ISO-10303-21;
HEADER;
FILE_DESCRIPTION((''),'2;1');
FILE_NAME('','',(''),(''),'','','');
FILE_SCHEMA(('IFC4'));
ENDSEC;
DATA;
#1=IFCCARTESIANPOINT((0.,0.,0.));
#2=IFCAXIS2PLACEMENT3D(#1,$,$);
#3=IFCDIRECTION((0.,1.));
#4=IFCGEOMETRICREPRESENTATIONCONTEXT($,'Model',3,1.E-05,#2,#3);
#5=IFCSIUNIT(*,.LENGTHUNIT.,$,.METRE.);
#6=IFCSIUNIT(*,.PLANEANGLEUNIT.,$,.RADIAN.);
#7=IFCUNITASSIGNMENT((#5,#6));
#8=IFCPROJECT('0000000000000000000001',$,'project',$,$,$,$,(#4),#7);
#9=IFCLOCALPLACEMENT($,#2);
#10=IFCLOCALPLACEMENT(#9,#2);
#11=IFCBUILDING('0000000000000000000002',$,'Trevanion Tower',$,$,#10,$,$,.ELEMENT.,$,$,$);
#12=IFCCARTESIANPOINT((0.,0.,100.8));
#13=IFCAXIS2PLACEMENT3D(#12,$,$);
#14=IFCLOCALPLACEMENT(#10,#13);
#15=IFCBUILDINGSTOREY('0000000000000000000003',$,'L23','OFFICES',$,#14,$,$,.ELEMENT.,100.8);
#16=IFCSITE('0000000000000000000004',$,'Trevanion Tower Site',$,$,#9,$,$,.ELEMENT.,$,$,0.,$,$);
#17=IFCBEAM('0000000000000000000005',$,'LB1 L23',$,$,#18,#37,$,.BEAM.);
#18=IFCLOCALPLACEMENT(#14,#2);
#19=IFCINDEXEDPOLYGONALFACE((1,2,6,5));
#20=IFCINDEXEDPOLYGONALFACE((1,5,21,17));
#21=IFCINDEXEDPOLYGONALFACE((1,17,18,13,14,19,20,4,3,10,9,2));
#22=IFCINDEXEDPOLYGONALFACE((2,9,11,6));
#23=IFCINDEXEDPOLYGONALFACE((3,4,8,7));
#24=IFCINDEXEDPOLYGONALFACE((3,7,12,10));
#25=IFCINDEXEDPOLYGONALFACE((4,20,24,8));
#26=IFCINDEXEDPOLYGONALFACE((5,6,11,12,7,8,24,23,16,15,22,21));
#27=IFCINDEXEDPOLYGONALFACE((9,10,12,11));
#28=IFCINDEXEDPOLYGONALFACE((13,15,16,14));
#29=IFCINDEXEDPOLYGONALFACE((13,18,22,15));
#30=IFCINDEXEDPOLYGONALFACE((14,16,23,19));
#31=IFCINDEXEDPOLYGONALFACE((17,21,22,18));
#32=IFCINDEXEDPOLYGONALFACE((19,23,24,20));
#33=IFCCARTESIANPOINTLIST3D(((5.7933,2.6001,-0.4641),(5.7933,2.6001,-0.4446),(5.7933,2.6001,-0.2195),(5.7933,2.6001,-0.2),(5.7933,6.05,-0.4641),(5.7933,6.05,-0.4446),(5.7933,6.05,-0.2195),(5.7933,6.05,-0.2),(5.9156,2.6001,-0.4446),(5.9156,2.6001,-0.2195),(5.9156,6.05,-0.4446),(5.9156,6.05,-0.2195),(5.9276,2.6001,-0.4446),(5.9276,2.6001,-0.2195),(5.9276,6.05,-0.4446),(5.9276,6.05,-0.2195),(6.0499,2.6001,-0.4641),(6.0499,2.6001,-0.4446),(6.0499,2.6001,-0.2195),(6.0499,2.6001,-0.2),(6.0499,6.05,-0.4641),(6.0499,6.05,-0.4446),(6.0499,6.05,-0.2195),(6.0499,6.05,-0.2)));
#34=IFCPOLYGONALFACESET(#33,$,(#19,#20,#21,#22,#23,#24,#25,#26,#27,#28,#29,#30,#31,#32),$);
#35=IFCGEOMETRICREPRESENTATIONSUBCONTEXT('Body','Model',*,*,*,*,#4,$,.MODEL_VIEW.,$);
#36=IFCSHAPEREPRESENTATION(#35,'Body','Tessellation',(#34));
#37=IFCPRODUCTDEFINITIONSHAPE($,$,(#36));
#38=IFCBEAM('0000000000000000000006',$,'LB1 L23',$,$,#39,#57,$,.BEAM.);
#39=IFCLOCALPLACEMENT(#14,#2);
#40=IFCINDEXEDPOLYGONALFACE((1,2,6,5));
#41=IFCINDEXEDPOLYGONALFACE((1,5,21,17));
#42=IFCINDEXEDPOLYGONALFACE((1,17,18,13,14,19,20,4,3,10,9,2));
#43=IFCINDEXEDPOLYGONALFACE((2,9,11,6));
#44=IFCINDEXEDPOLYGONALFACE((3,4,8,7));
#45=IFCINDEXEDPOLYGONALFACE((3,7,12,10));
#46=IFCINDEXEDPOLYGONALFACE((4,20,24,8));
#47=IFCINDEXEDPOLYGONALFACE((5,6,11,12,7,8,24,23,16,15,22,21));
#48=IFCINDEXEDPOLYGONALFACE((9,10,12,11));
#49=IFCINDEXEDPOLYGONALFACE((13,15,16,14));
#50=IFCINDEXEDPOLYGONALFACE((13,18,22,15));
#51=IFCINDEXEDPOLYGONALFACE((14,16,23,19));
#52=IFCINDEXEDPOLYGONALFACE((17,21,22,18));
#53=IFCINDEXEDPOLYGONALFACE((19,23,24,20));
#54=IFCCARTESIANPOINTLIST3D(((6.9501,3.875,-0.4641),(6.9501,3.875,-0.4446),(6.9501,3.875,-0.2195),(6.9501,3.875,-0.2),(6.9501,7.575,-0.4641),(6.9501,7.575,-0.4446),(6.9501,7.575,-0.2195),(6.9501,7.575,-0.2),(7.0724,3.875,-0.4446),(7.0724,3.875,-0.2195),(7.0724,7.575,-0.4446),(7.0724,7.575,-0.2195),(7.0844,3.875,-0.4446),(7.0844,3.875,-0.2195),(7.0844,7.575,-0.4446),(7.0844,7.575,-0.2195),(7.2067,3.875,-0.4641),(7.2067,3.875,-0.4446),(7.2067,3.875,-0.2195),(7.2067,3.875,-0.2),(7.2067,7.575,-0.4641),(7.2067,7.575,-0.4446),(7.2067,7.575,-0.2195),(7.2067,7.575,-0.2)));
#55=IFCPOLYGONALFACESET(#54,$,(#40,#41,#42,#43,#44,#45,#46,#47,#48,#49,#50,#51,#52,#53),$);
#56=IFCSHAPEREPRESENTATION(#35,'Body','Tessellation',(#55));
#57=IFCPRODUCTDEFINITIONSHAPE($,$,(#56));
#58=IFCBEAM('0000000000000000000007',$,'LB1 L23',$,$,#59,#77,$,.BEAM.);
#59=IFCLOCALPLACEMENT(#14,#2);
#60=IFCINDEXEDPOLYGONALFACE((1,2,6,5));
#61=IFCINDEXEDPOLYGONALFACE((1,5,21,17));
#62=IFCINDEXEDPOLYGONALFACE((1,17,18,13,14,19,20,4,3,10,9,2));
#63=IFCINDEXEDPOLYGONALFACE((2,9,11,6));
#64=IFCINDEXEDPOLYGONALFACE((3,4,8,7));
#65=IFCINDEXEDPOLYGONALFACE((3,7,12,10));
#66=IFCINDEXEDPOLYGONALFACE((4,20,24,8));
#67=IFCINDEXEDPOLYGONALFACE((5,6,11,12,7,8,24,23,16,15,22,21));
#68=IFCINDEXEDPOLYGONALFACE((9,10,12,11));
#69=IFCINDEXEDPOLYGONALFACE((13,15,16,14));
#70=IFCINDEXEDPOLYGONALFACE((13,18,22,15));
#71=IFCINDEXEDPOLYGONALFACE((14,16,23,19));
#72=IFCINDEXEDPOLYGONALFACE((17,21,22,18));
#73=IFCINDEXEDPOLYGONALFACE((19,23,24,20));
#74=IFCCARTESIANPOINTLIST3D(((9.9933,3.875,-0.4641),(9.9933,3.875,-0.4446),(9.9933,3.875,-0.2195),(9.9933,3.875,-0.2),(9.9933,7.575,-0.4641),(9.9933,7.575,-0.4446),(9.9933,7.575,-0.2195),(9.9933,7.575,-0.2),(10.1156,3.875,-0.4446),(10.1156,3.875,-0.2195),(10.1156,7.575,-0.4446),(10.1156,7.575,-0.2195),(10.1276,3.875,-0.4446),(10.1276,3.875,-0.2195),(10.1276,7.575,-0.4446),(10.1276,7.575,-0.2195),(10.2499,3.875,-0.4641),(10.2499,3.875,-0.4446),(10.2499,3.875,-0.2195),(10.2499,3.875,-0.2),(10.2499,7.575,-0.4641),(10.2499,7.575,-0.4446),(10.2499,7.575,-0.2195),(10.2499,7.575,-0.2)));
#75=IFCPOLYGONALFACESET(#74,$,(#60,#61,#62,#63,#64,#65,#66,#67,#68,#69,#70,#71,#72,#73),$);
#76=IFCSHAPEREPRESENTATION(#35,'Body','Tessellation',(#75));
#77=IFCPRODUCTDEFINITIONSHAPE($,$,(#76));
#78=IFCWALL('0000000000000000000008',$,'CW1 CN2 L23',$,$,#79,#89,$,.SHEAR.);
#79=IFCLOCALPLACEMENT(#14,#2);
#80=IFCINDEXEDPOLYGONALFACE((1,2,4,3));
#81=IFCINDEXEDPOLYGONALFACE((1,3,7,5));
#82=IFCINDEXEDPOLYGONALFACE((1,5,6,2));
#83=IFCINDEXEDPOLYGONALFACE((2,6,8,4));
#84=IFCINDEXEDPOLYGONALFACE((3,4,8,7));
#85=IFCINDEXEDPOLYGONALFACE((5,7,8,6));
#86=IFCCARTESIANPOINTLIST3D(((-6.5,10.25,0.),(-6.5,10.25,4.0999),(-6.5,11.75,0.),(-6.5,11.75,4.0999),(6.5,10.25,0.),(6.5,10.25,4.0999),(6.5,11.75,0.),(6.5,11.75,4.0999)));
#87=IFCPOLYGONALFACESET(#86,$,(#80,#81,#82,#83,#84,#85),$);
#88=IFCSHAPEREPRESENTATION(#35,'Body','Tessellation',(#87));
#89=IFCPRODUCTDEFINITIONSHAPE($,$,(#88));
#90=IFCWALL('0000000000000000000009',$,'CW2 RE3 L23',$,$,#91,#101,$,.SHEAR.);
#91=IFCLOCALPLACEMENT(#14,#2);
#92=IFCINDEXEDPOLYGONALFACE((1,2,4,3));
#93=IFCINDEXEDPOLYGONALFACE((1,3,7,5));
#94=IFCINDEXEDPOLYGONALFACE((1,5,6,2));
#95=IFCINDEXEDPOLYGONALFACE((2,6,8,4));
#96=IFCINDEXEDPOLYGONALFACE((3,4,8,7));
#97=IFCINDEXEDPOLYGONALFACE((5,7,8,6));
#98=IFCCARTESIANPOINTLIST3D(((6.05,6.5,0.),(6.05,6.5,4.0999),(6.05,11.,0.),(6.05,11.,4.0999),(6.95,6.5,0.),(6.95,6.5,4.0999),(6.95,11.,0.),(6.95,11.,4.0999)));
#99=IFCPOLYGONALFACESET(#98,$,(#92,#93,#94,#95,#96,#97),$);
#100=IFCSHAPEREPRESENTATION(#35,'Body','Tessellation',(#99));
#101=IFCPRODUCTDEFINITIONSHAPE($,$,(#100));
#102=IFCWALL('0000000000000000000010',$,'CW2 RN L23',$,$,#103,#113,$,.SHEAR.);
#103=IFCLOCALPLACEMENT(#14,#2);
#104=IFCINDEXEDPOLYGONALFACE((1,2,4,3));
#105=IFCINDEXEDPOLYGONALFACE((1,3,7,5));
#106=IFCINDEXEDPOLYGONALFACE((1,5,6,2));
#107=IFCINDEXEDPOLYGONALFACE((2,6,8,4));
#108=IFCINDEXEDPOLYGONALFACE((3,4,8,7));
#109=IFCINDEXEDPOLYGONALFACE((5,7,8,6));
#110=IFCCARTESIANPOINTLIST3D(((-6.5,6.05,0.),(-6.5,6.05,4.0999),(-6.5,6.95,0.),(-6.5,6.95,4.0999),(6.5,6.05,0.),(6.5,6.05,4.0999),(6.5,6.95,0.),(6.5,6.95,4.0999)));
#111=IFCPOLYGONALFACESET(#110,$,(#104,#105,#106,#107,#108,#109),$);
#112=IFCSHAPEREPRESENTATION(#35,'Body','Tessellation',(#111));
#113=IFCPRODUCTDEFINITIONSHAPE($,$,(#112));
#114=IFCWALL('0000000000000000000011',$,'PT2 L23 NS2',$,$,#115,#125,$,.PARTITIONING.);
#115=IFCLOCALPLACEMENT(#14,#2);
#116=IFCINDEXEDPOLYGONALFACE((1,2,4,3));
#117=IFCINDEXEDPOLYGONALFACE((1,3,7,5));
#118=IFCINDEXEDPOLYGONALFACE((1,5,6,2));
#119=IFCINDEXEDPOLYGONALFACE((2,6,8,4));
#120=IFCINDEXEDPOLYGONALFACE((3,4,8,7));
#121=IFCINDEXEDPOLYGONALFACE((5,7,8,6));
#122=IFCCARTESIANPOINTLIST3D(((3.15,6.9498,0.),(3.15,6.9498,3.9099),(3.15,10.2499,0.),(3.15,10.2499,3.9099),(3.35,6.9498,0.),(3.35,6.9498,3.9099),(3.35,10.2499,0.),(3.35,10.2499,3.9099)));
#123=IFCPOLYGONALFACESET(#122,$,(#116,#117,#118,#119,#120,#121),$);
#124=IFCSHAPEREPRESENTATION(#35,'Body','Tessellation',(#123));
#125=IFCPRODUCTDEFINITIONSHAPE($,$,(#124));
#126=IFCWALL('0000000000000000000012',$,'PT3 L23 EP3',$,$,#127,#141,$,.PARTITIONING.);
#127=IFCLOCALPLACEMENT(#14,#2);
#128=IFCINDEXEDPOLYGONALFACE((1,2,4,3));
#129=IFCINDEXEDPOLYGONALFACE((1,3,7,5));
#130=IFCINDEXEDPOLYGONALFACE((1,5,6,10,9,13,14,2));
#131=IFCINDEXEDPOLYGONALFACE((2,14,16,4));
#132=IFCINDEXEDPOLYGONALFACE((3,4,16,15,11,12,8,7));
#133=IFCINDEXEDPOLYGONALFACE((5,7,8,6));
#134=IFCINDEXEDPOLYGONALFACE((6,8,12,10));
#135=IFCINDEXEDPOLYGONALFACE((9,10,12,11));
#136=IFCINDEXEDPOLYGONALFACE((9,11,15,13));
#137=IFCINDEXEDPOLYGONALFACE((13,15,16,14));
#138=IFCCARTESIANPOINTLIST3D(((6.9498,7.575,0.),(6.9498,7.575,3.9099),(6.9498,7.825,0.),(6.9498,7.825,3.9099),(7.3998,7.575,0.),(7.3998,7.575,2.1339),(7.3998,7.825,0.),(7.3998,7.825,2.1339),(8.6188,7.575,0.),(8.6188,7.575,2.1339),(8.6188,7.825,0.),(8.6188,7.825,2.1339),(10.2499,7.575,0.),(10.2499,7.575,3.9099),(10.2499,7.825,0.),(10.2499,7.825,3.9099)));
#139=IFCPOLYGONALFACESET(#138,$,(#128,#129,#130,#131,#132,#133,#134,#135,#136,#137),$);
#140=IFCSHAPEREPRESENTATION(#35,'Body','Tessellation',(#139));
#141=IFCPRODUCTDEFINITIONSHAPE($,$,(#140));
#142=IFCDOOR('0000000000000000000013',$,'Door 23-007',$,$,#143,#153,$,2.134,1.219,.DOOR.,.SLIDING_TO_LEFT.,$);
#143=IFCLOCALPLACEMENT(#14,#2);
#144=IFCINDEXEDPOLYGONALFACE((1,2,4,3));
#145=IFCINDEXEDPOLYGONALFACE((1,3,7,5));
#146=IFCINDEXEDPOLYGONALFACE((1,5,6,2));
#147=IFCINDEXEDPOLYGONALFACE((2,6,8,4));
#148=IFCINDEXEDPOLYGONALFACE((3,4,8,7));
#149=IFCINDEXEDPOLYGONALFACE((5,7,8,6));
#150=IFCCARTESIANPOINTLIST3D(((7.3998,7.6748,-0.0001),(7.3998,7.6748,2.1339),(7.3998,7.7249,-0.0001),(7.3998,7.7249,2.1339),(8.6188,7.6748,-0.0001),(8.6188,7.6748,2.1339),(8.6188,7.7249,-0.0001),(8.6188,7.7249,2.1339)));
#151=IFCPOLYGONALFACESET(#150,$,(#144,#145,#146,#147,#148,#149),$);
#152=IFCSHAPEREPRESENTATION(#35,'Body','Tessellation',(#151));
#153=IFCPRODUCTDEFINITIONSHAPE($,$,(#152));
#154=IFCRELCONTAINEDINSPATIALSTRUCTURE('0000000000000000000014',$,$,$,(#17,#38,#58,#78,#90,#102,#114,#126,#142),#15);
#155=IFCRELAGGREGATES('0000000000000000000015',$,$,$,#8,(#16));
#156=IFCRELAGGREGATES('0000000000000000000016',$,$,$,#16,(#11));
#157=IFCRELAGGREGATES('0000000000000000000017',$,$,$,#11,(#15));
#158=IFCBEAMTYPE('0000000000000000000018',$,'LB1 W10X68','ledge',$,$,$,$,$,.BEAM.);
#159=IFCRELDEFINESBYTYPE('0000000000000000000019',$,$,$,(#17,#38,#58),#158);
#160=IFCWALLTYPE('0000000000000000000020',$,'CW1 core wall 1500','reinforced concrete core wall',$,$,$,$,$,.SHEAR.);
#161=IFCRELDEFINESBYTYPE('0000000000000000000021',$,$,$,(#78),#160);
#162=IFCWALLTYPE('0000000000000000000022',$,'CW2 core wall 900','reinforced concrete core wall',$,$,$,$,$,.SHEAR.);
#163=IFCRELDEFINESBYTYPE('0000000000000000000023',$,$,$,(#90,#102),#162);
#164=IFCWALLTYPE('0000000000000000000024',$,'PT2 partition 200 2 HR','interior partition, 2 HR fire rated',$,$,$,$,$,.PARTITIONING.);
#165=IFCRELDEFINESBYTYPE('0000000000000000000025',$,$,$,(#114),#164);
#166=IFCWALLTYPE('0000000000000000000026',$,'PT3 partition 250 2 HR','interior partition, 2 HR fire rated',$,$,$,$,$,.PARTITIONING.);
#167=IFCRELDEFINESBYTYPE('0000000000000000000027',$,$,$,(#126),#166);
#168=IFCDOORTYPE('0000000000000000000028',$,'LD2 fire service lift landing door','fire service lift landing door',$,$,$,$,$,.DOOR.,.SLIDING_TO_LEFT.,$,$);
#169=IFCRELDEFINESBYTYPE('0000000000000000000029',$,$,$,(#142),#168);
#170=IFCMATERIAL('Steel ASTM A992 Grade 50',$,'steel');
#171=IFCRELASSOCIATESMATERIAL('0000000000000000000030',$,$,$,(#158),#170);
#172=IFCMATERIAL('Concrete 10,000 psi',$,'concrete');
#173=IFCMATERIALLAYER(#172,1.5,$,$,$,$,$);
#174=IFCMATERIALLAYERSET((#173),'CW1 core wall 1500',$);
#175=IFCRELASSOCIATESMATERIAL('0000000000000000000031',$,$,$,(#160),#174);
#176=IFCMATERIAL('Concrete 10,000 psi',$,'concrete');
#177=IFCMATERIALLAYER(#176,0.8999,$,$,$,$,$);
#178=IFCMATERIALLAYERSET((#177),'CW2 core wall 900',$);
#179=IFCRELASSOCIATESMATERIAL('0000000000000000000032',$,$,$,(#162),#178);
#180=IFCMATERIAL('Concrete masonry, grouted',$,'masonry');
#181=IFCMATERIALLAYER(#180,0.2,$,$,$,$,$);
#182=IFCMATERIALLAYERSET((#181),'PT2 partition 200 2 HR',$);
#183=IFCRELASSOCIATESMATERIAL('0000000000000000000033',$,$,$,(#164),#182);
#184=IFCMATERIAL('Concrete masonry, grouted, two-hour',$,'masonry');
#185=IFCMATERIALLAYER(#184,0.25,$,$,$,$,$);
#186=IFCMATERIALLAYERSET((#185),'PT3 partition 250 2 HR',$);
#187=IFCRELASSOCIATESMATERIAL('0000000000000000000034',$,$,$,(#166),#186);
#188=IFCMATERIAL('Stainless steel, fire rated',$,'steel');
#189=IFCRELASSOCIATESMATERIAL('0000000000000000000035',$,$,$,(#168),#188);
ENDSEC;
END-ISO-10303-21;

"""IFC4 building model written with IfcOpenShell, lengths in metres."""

from ifc_helpers import new_model, si_unit, direction, frame, frame_2d, origin, origin_2d, place, context, subcontext, project, spatial, rectangle, i_section, extrude, material, layer, layer_set, material_profile, profile_set, type_object, element, fill, save


model = new_model("IFC4")

# Units and contexts
model_context = context("Model", 3, precision=1e-05, world=origin(), true_north=direction((0.0, 1.0)))
body_context = subcontext(model_context, "Body", "Model", "MODEL_VIEW")
ifc_project = project(units=[si_unit("LENGTHUNIT", "METRE"), si_unit("PLANEANGLEUNIT", "RADIAN")], contexts=[model_context])

# Site, building, storey
site_placement = place(None, origin())
site = spatial("IfcSite", under=ifc_project, at=site_placement, Name="Trevanion Tower Site", CompositionType="ELEMENT", RefElevation=0.0)
building_placement = place(site_placement, origin())
building = spatial("IfcBuilding", under=site, at=building_placement, Name="Trevanion Tower", CompositionType="ELEMENT")
storey_placement = place(building_placement, frame((0.0, 0.0, 100.8)))
storey = spatial("IfcBuildingStorey", under=building, at=storey_placement, Name="L23", Description="OFFICES", CompositionType="ELEMENT", Elevation=100.8)

# Beams
ifc_material_1 = material(Name="Steel ASTM A992 Grade 50", Category="steel")
ifc_material_profile = material_profile(ifc_material_1, i_section(OverallWidth=0.2566, OverallDepth=0.2642, WebThickness=0.012, FlangeThickness=0.0195, at=origin_2d()), Name="W10X68")
ifc_profile_set = profile_set([ifc_material_profile], Name="Steel ASTM A992 Grade 50")
beam_type = type_object("IfcBeamType", Name="LB1 W10X68", Description="ledge", PredefinedType="BEAM", material=ifc_profile_set)
beam_placement = place(storey_placement, frame((5.9216, 2.6001, -0.332), z_axis=(0.0, 1.0, 0.0), x_axis=(-1.0, 0.0, 0.0)))
element("IfcBeam", 1, at=beam_placement, inside=storey, type_object=beam_type, Name="LB1 L23", PredefinedType="BEAM", context=body_context, shape_type="SweptSolid", body=[
    extrude(i_section(OverallWidth=0.2566, OverallDepth=0.2642, WebThickness=0.012, FlangeThickness=0.0195, at=origin_2d()), origin(), (0.0, 0.0, 1.0), 3.45),
])
for number, where, z_axis, x_axis, name in (
    (2, (7.0784, 3.875, -0.332), (0.0, 1.0, 0.0), (-1.0, 0.0, 0.0), "LB1 L23"),
    (3, (10.1216, 3.875, -0.332), (0.0, 1.0, 0.0), (-1.0, 0.0, 0.0), "LB1 L23"),
):
    element("IfcBeam", number, at=place(storey_placement, frame(where, z_axis=z_axis, x_axis=x_axis)), inside=storey, type_object=beam_type, Name=name, PredefinedType="BEAM", context=body_context, shape_type="SweptSolid", body=[
        extrude(i_section(OverallWidth=0.2566, OverallDepth=0.2642, WebThickness=0.012, FlangeThickness=0.0195, at=origin_2d()), origin(), (0.0, 0.0, 1.0), 3.7),
    ])

# Walls
ifc_material_2 = material(Name="Concrete 10,000 psi", Category="concrete")
ifc_layer_1 = layer(ifc_material_2, 1.5)
ifc_layer_set_1 = layer_set([ifc_layer_1], Name="CW1 core wall 1500")
wall_type_1 = type_object("IfcWallType", Name="CW1 core wall 1500", Description="reinforced concrete core wall", PredefinedType="SHEAR", material=ifc_layer_set_1)
wall_1_placement = place(storey_placement, frame((6.5, 11.0, 0.0), z_axis=(0.0, 0.0, 1.0), x_axis=(-1.0, 0.0, 0.0)))
element("IfcWall", 4, at=wall_1_placement, inside=storey, type_object=wall_type_1, Name="CW1 CN2 L23", PredefinedType="SHEAR", context=body_context, shape_type="SweptSolid", body=[
    extrude(rectangle(XDim=13.0, YDim=1.5, at=frame_2d((6.5, 0.0))), origin(), (0.0, 0.0, 1.0), 4.0999),
])
ifc_material_3 = material(Name="Concrete 10,000 psi", Category="concrete")
ifc_layer_2 = layer(ifc_material_3, 0.8999)
ifc_layer_set_2 = layer_set([ifc_layer_2], Name="CW2 core wall 900")
wall_type_2 = type_object("IfcWallType", Name="CW2 core wall 900", Description="reinforced concrete core wall", PredefinedType="SHEAR", material=ifc_layer_set_2)
wall_2_placement = place(storey_placement, frame((6.5, 6.5, 0.0), z_axis=(0.0, 0.0, 1.0), x_axis=(0.0, 1.0, 0.0)))
element("IfcWall", 5, at=wall_2_placement, inside=storey, type_object=wall_type_2, Name="CW2 RE3 L23", PredefinedType="SHEAR", context=body_context, shape_type="SweptSolid", body=[
    extrude(rectangle(XDim=4.5, YDim=0.8999, at=frame_2d((2.25, 0.0))), origin(), (0.0, 0.0, 1.0), 4.0999),
])
wall_3_placement = place(storey_placement, frame((6.5, 6.5, 0.0), z_axis=(0.0, 0.0, 1.0), x_axis=(-1.0, 0.0, 0.0)))
element("IfcWall", 6, at=wall_3_placement, inside=storey, type_object=wall_type_2, Name="CW2 RN L23", PredefinedType="SHEAR", context=body_context, shape_type="SweptSolid", body=[
    extrude(rectangle(XDim=13.0, YDim=0.8999, at=frame_2d((6.5, 0.0))), origin(), (0.0, 0.0, 1.0), 4.0999),
])
ifc_material_4 = material(Name="Concrete masonry, grouted", Category="masonry")
ifc_layer_3 = layer(ifc_material_4, 0.2)
ifc_layer_set_3 = layer_set([ifc_layer_3], Name="PT2 partition 200 2 HR")
wall_type_3 = type_object("IfcWallType", Name="PT2 partition 200 2 HR", Description="interior partition, 2 HR fire rated", PredefinedType="PARTITIONING", material=ifc_layer_set_3)
wall_4_placement = place(storey_placement, frame((3.25, 6.95, 0.0), z_axis=(0.0, 0.0, 1.0), x_axis=(0.0, 1.0, 0.0)))
element("IfcWall", 7, at=wall_4_placement, inside=storey, type_object=wall_type_3, Name="PT2 L23 NS2", PredefinedType="PARTITIONING", context=body_context, shape_type="SweptSolid", body=[
    extrude(rectangle(XDim=3.3, YDim=0.2, at=frame_2d((1.6499, 0.0))), origin(), (0.0, 0.0, 1.0), 3.9099),
])

# Wall, opening, door
ifc_material_5 = material(Name="Concrete masonry, grouted, two-hour", Category="masonry")
ifc_layer_4 = layer(ifc_material_5, 0.25)
ifc_layer_set_4 = layer_set([ifc_layer_4], Name="PT3 partition 250 2 HR")
wall_type_4 = type_object("IfcWallType", Name="PT3 partition 250 2 HR", Description="interior partition, 2 HR fire rated", PredefinedType="PARTITIONING", material=ifc_layer_set_4)
wall_5_placement = place(storey_placement, frame((6.95, 7.7, 0.0), z_axis=(0.0, 0.0, 1.0), x_axis=(1.0, 0.0, 0.0)))
wall_5 = element("IfcWall", 8, at=wall_5_placement, inside=storey, type_object=wall_type_4, Name="PT3 L23 EP3", PredefinedType="PARTITIONING", context=body_context, shape_type="SweptSolid", body=[
    extrude(rectangle(XDim=3.3, YDim=0.25, at=frame_2d((1.6499, 0.0))), origin(), (0.0, 0.0, 1.0), 3.9099),
])
opening_1_placement = place(wall_5_placement, frame((0.45, 0.0, 0.0)))
opening_1 = element("IfcOpeningElement", 9, at=opening_1_placement, cuts=wall_5, PredefinedType="OPENING", context=body_context, shape_type="SweptSolid", body=[
    extrude(rectangle(XDim=1.219, YDim=2.134, at=frame_2d((0.6094, 1.0669))), frame((0.0, 0.135, 0.0), z_axis=(0.0, -1.0, 0.0), x_axis=(1.0, 0.0, 0.0)), (0.0, 0.0, 1.0), 0.27),
])
ifc_material_6 = material(Name="Stainless steel, fire rated", Category="steel")
door_type_1 = type_object("IfcDoorType", Name="LD2 fire service lift landing door", Description="fire service lift landing door", OperationType="SLIDING_TO_LEFT", PredefinedType="DOOR", material=ifc_material_6)
door_1_placement = place(opening_1_placement, origin())
door_1 = element("IfcDoor", 10, at=door_1_placement, inside=storey, type_object=door_type_1, Name="Door 23-007", OperationType="SLIDING_TO_LEFT", OverallHeight=2.134, OverallWidth=1.219, PredefinedType="DOOR", context=body_context, shape_type="SweptSolid", body=[
    extrude(rectangle(XDim=1.219, YDim=2.134, at=frame_2d((0.6094, 1.0669))), frame((0.0, 0.0249, 0.0), z_axis=(0.0, -1.0, 0.0), x_axis=(1.0, 0.0, 0.0)), (0.0, 0.0, 1.0), 0.05),
])
fill(opening_1, door_1)

save(model, "model.ifc")
